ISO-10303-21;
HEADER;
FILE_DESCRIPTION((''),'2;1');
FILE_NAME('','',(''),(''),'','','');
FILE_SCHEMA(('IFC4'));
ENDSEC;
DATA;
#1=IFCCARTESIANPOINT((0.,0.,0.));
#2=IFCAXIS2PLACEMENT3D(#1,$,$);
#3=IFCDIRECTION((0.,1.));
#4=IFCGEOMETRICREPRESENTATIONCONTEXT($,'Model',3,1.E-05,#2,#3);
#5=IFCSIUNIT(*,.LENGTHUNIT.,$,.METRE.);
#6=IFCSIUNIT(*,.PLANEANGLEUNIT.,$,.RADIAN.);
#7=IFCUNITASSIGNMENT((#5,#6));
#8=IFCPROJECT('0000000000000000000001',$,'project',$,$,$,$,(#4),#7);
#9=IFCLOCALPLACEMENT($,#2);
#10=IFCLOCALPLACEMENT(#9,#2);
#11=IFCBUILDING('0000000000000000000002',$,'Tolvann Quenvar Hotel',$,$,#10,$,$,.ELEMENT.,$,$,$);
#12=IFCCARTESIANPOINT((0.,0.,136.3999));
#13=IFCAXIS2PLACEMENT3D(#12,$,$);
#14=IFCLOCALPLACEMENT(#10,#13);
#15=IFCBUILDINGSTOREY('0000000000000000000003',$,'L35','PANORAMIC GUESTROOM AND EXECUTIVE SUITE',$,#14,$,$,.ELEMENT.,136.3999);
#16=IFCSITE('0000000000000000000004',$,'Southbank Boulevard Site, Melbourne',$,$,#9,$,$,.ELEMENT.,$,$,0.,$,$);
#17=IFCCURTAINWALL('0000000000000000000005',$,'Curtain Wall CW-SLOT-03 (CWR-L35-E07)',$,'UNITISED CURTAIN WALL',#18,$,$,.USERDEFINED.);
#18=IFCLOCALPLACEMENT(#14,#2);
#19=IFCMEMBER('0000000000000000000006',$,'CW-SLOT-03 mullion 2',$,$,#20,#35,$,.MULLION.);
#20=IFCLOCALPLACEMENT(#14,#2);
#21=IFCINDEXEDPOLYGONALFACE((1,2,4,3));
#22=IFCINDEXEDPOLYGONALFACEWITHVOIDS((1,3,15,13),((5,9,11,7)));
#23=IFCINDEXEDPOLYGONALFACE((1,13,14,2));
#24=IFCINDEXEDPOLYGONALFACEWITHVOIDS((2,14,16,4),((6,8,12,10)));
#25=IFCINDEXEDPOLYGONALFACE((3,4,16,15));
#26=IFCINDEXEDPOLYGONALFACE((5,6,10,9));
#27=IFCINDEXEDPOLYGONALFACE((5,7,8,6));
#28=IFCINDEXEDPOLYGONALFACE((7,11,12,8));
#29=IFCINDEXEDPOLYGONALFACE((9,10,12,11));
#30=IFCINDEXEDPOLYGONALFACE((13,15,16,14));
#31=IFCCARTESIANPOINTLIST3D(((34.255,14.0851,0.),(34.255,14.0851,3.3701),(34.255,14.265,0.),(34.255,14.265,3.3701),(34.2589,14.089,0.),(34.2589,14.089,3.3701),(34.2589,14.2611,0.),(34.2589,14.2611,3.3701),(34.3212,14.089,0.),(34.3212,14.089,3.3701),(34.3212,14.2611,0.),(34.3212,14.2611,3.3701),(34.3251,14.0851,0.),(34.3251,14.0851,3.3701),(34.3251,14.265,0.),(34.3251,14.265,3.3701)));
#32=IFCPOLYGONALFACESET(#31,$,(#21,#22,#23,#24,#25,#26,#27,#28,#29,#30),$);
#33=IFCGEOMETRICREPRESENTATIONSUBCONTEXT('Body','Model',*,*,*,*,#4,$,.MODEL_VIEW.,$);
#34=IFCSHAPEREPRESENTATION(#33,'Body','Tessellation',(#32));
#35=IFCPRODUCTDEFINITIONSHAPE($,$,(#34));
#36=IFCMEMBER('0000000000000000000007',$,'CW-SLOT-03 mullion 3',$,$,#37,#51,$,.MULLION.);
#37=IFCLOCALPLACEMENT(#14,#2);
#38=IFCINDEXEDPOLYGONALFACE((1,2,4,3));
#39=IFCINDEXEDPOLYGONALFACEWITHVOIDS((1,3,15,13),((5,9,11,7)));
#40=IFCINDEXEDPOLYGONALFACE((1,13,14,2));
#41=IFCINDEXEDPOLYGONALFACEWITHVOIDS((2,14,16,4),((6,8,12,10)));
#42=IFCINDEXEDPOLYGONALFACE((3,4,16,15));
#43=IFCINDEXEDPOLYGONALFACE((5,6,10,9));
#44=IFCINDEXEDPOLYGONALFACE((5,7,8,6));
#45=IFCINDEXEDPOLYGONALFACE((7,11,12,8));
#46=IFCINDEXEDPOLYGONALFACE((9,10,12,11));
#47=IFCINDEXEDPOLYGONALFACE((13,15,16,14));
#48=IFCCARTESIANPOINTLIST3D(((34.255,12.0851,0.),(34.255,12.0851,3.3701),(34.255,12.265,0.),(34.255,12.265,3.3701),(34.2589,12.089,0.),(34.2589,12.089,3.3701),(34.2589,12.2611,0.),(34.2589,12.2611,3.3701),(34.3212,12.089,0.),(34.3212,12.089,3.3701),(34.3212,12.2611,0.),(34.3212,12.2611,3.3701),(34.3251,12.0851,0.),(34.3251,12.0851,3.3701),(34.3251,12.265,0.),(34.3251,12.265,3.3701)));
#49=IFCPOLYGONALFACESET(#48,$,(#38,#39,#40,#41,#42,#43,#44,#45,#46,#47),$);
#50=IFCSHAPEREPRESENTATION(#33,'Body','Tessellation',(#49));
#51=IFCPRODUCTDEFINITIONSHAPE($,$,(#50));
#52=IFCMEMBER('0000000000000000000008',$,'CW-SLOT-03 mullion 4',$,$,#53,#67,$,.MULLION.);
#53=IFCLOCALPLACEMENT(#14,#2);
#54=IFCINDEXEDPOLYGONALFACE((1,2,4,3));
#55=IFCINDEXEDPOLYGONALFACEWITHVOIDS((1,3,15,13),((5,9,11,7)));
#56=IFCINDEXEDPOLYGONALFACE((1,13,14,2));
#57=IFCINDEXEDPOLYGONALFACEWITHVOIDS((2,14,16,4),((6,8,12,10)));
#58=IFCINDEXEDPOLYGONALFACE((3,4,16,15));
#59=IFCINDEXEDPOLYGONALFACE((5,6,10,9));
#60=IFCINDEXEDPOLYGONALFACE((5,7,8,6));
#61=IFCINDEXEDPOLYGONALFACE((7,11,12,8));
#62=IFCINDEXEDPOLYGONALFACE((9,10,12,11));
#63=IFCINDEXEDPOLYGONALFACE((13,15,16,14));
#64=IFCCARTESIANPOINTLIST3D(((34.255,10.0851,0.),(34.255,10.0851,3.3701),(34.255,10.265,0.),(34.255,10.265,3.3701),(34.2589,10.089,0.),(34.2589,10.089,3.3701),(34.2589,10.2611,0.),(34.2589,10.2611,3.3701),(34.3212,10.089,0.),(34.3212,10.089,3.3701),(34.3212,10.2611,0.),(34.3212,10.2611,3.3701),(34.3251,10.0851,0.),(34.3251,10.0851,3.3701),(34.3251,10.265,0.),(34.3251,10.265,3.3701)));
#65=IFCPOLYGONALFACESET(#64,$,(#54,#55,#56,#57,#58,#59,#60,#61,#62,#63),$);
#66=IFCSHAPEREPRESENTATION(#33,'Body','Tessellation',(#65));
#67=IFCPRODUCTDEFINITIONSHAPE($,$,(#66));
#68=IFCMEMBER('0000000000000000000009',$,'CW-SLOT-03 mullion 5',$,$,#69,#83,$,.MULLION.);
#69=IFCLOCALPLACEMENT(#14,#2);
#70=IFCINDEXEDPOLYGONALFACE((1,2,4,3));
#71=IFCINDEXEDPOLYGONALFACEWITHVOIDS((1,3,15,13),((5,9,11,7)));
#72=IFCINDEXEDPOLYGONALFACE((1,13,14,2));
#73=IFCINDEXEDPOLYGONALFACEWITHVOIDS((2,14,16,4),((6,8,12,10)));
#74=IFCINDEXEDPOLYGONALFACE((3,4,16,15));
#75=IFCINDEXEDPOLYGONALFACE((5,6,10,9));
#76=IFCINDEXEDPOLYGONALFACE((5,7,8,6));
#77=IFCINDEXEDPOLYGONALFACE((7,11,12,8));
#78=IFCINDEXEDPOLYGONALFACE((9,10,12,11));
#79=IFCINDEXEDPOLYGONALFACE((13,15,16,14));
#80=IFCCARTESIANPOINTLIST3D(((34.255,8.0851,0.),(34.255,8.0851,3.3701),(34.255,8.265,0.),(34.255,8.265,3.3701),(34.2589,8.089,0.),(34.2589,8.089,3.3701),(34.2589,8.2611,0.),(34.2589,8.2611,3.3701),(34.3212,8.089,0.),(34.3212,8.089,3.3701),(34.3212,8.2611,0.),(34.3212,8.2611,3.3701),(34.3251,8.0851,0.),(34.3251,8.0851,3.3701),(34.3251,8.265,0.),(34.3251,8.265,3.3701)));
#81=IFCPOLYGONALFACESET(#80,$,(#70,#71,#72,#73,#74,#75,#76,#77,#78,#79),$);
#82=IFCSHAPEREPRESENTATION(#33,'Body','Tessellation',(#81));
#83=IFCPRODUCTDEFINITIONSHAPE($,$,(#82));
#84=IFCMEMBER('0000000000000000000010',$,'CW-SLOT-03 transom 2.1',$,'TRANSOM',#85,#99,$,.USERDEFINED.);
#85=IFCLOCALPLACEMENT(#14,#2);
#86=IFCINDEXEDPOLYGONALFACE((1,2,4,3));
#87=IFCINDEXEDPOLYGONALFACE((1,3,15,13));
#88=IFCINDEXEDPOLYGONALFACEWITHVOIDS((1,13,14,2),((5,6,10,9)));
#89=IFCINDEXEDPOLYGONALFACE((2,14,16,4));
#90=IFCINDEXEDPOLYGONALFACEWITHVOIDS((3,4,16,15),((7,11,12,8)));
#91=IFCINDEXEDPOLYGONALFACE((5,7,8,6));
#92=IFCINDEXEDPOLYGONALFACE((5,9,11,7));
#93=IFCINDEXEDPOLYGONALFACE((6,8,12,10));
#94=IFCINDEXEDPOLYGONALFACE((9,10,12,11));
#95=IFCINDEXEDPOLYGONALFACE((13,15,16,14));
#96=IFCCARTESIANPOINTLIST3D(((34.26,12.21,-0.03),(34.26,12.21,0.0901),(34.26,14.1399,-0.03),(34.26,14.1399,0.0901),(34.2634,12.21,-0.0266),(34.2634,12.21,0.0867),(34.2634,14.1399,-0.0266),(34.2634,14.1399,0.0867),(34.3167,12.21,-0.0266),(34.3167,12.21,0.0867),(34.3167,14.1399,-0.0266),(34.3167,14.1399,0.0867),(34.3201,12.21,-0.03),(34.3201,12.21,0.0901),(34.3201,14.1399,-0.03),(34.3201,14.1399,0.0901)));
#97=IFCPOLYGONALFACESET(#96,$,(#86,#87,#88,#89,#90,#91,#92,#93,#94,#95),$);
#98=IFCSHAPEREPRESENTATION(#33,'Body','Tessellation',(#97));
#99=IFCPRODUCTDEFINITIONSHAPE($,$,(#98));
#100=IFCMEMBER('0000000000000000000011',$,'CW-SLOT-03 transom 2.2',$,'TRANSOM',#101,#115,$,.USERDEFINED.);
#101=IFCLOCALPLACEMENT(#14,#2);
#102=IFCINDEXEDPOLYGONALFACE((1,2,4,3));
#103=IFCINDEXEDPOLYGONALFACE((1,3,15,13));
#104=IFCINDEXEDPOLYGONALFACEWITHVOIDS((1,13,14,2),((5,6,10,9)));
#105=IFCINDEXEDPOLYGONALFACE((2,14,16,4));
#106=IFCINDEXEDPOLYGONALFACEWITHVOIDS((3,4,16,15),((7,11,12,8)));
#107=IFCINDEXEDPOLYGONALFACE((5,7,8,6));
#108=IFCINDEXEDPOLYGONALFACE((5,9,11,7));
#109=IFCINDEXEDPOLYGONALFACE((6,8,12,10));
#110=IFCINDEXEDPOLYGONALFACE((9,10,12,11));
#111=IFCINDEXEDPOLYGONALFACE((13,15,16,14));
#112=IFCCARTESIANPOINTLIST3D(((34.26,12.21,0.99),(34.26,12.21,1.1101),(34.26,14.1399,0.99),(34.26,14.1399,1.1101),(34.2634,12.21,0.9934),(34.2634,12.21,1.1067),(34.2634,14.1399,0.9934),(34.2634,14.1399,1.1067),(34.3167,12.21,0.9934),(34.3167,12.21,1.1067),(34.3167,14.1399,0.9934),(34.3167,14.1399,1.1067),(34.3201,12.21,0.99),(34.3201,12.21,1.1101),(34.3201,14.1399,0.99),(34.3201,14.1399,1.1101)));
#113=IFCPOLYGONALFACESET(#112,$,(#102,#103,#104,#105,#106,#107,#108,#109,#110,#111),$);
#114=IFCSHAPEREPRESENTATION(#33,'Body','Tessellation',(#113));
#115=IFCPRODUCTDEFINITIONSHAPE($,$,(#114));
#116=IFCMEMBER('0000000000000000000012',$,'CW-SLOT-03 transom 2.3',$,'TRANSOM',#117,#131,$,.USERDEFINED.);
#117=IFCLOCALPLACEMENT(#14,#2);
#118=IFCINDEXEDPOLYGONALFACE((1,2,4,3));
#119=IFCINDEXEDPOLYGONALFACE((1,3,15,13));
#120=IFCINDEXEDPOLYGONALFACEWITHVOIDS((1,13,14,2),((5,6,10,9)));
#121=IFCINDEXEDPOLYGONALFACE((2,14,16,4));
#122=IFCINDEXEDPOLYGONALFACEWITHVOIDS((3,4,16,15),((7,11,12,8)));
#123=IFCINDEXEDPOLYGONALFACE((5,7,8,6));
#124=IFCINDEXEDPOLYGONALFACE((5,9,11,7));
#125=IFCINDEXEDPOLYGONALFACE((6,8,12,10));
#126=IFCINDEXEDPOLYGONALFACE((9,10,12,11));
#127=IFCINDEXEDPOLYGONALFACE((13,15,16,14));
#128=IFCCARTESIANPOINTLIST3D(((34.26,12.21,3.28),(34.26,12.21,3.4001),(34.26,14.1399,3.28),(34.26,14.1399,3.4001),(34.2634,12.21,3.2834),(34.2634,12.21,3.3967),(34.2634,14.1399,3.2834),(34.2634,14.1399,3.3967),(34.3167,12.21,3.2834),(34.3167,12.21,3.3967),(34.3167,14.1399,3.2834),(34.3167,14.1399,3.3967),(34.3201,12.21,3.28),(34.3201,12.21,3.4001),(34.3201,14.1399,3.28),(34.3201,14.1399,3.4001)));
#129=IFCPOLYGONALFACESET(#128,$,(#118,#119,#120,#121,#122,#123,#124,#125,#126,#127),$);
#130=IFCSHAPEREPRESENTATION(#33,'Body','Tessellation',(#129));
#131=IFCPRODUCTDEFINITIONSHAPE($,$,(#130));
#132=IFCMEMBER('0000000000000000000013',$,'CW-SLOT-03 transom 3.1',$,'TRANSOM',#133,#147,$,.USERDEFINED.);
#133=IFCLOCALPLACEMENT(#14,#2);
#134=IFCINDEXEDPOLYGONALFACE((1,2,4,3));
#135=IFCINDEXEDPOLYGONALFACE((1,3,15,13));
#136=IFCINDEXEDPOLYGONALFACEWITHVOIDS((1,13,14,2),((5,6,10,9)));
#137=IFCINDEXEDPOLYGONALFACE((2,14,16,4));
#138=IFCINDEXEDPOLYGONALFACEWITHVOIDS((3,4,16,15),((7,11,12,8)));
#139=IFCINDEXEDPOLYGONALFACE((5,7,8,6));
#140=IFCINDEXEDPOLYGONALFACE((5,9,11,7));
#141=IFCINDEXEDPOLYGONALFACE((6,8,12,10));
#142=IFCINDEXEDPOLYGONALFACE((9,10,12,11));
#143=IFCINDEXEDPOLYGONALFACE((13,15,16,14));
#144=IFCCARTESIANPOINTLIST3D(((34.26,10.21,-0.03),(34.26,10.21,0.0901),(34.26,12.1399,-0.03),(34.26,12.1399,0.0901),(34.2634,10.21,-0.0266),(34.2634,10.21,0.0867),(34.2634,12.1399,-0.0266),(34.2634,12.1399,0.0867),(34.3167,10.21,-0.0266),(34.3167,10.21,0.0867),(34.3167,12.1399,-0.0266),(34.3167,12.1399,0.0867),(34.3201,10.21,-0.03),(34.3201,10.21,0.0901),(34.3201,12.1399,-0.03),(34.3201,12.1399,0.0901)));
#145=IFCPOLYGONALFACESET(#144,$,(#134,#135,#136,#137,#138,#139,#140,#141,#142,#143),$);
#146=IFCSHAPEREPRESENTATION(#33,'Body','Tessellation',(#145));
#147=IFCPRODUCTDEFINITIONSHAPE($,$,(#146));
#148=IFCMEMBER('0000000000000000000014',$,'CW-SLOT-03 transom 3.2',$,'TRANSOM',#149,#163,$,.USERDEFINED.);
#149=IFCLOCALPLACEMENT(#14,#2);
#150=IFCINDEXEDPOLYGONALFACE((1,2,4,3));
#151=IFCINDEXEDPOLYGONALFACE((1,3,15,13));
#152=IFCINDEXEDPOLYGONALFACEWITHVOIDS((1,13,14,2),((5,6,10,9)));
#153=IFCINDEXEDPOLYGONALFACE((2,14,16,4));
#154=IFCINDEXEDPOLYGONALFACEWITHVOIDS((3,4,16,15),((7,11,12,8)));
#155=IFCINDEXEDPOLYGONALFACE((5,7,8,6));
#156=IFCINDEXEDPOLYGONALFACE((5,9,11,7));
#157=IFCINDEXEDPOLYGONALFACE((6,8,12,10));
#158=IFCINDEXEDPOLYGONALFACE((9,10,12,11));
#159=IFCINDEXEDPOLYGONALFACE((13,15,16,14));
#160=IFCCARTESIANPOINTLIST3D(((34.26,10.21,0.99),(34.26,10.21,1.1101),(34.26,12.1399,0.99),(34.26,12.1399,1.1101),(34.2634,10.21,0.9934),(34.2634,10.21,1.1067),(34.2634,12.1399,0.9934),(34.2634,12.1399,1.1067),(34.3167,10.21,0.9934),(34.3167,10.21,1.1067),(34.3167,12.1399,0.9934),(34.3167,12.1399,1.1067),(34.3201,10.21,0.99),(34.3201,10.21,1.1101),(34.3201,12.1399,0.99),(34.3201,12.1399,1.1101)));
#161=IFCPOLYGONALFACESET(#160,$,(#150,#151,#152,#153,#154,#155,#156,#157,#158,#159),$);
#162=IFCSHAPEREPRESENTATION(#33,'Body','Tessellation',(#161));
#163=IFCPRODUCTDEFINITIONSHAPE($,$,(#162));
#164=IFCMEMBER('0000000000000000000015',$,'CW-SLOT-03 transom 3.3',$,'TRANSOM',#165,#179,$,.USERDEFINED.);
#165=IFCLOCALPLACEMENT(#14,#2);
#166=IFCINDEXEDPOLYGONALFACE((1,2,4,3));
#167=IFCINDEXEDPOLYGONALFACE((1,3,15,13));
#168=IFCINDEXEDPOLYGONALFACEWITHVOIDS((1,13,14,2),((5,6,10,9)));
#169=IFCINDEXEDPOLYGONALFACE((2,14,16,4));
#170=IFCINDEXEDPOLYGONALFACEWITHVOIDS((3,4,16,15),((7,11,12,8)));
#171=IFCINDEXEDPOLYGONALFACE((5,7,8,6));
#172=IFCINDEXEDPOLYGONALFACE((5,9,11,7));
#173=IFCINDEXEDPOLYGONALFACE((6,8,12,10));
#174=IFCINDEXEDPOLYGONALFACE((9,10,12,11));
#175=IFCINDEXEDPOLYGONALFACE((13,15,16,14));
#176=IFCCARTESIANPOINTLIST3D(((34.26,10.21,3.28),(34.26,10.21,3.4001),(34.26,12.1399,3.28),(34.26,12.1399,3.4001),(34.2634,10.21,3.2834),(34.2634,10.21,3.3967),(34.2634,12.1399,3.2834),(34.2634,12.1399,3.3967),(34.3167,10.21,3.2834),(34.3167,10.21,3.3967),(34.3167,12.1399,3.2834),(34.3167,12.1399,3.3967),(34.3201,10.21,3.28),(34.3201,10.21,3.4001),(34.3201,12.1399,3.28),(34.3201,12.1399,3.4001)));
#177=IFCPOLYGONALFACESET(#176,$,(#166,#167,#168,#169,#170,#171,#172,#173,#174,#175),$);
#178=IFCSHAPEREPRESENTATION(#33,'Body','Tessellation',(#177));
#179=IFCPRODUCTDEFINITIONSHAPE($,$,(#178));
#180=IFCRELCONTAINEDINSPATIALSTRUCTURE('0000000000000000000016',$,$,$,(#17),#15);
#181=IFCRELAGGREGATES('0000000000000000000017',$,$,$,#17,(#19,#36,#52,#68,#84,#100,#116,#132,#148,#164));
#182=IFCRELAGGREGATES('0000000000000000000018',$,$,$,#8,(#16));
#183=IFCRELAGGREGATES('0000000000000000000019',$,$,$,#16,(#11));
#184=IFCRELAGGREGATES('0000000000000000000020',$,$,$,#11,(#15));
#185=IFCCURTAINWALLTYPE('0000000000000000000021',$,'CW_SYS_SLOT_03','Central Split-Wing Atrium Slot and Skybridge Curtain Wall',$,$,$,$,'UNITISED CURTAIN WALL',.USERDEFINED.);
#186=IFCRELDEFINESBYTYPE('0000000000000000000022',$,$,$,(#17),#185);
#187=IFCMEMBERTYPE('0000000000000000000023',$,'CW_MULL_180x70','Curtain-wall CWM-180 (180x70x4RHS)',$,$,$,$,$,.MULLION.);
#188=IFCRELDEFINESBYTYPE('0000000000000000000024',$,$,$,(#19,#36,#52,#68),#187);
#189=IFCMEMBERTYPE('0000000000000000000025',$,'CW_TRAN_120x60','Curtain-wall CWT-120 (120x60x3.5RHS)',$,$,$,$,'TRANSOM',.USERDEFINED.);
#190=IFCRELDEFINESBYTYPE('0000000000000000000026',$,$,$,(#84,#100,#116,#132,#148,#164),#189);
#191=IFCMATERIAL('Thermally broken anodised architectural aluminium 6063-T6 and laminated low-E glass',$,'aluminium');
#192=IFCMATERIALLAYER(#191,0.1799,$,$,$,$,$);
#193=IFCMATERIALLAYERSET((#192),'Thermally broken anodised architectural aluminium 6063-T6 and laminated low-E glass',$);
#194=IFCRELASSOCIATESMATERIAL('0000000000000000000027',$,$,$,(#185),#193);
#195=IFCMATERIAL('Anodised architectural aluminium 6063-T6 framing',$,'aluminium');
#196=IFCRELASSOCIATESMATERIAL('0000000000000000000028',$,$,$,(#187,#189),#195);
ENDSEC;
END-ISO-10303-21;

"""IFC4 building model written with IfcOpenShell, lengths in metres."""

from ifc_helpers import new_model, si_unit, direction, frame, origin, origin_2d, place, context, subcontext, project, spatial, hollow_rectangle, extrude, source, transform, mapped, material, layer, layer_set, material_profile, profile_set, type_object, type_shapes, element, aggregate, save


model = new_model("IFC4")

# Units and contexts
model_context = context("Model", 3, precision=1e-05, world=origin(), true_north=direction((0.0, 1.0)))
body_context = subcontext(model_context, "Body", "Model", "MODEL_VIEW")
ifc_project = project(units=[si_unit("LENGTHUNIT", "METRE"), si_unit("PLANEANGLEUNIT", "RADIAN")], contexts=[model_context])

# Site, building, storey
site_placement = place(None, origin())
site = spatial("IfcSite", under=ifc_project, at=site_placement, Name="Southbank Boulevard Site, Melbourne", CompositionType="ELEMENT", RefElevation=0.0)
building_placement = place(site_placement, origin())
building = spatial("IfcBuilding", under=site, at=building_placement, Name="Tolvann Quenvar Hotel", CompositionType="ELEMENT")
storey_placement = place(building_placement, frame((0.0, 0.0, 136.3999)))
storey = spatial("IfcBuildingStorey", under=building, at=storey_placement, Name="L35", Description="PANORAMIC GUESTROOM AND EXECUTIVE SUITE", CompositionType="ELEMENT", Elevation=136.3999)

# Curtain wall, members
ifc_material_1 = material(Name="Thermally broken anodised architectural aluminium 6063-T6 and laminated low-E glass", Category="aluminium")
ifc_layer_1 = layer(ifc_material_1, 0.1799)
ifc_layer_set_1 = layer_set([ifc_layer_1], Name="Thermally broken anodised architectural aluminium 6063-T6 and laminated low-E glass")
curtain_wall_type = type_object("IfcCurtainWallType", Name="CW_SYS_SLOT_03", Description="Central Split-Wing Atrium Slot and Skybridge Curtain Wall", ElementType="UNITISED CURTAIN WALL", PredefinedType="USERDEFINED", material=ifc_layer_set_1)
curtain_wall_placement = place(storey_placement, origin())
curtain_wall = element("IfcCurtainWall", 1, at=curtain_wall_placement, inside=storey, type_object=curtain_wall_type, Name="Curtain Wall CW-SLOT-03 (CWR-L35-E07)", ObjectType="UNITISED CURTAIN WALL", PredefinedType="USERDEFINED")
ifc_material_2 = material(Name="Anodised architectural aluminium 6063-T6 framing", Category="aluminium")
ifc_material_profile_1 = material_profile(ifc_material_2, hollow_rectangle(XDim=0.0701, YDim=0.1799, WallThickness=0.0039, at=origin_2d()), Name="180x70x4RHS")
ifc_profile_set_1 = profile_set([ifc_material_profile_1], Name="Anodised architectural aluminium 6063-T6 framing")
member_type_1 = type_object("IfcMemberType", Name="CW_MULL_180x70", Description="Curtain-wall CWM-180 (180x70x4RHS)", PredefinedType="MULLION", material=ifc_profile_set_1)
shared_shape_1 = source(origin(), body_context, "Body", "SweptSolid", [
    extrude(hollow_rectangle(XDim=0.0701, YDim=0.1799, WallThickness=0.0039, at=origin_2d()), origin(), (0.0, 0.0, 1.0), 3.3701),
])
type_shapes(member_type_1, [shared_shape_1])
member_1_placement = place(storey_placement, frame((34.29, 14.175, 0.0), z_axis=(0.0, 0.0, 1.0), x_axis=(1.0, 0.0, 0.0)))
member_1 = element("IfcMember", 2, at=member_1_placement, type_object=member_type_1, Name="CW-SLOT-03 mullion 2", PredefinedType="MULLION", context=body_context, shape_type="MappedRepresentation", body=[
    mapped(shared_shape_1, transform((0.0, 0.0, 0.0), x_axis=(1.0, 0.0, 0.0), y_axis=(0.0, 1.0, 0.0), z_axis=(0.0, 0.0, 1.0), scale=1.0)),
])
member_2_placement = place(storey_placement, frame((34.29, 12.175, 0.0), z_axis=(0.0, 0.0, 1.0), x_axis=(1.0, 0.0, 0.0)))
member_2 = element("IfcMember", 3, at=member_2_placement, type_object=member_type_1, Name="CW-SLOT-03 mullion 3", PredefinedType="MULLION", context=body_context, shape_type="MappedRepresentation", body=[
    mapped(shared_shape_1, transform((0.0, 0.0, 0.0), x_axis=(1.0, 0.0, 0.0), y_axis=(0.0, 1.0, 0.0), z_axis=(0.0, 0.0, 1.0), scale=1.0)),
])
member_3_placement = place(storey_placement, frame((34.29, 10.175, 0.0), z_axis=(0.0, 0.0, 1.0), x_axis=(1.0, 0.0, 0.0)))
member_3 = element("IfcMember", 4, at=member_3_placement, type_object=member_type_1, Name="CW-SLOT-03 mullion 4", PredefinedType="MULLION", context=body_context, shape_type="MappedRepresentation", body=[
    mapped(shared_shape_1, transform((0.0, 0.0, 0.0), x_axis=(1.0, 0.0, 0.0), y_axis=(0.0, 1.0, 0.0), z_axis=(0.0, 0.0, 1.0), scale=1.0)),
])
member_4_placement = place(storey_placement, frame((34.29, 8.175, 0.0), z_axis=(0.0, 0.0, 1.0), x_axis=(1.0, 0.0, 0.0)))
member_4 = element("IfcMember", 5, at=member_4_placement, type_object=member_type_1, Name="CW-SLOT-03 mullion 5", PredefinedType="MULLION", context=body_context, shape_type="MappedRepresentation", body=[
    mapped(shared_shape_1, transform((0.0, 0.0, 0.0), x_axis=(1.0, 0.0, 0.0), y_axis=(0.0, 1.0, 0.0), z_axis=(0.0, 0.0, 1.0), scale=1.0)),
])
ifc_material_profile_2 = material_profile(ifc_material_2, hollow_rectangle(XDim=0.0601, YDim=0.1201, WallThickness=0.0034, at=origin_2d()), Name="120x60x3.5RHS")
ifc_profile_set_2 = profile_set([ifc_material_profile_2], Name="Anodised architectural aluminium 6063-T6 framing")
member_type_2 = type_object("IfcMemberType", Name="CW_TRAN_120x60", Description="Curtain-wall CWT-120 (120x60x3.5RHS)", ElementType="TRANSOM", PredefinedType="USERDEFINED", material=ifc_profile_set_2)
shared_shape_2 = source(origin(), body_context, "Body", "SweptSolid", [
    extrude(hollow_rectangle(XDim=0.0601, YDim=0.1201, WallThickness=0.0034, at=origin_2d()), origin(), (0.0, 0.0, 1.0), 1.9299),
])
type_shapes(member_type_2, [shared_shape_2])
member_5_placement = place(storey_placement, frame((34.29, 14.1399, 0.03), z_axis=(0.0, -1.0, 0.0), x_axis=(1.0, 0.0, 0.0)))
member_5 = element("IfcMember", 6, at=member_5_placement, type_object=member_type_2, Name="CW-SLOT-03 transom 2.1", ObjectType="TRANSOM", PredefinedType="USERDEFINED", context=body_context, shape_type="MappedRepresentation", body=[
    mapped(shared_shape_2, transform((0.0, 0.0, 0.0), x_axis=(1.0, 0.0, 0.0), y_axis=(0.0, 1.0, 0.0), z_axis=(0.0, 0.0, 1.0), scale=1.0)),
])
member_6_placement = place(storey_placement, frame((34.29, 14.1399, 1.05), z_axis=(0.0, -1.0, 0.0), x_axis=(1.0, 0.0, 0.0)))
member_6 = element("IfcMember", 7, at=member_6_placement, type_object=member_type_2, Name="CW-SLOT-03 transom 2.2", ObjectType="TRANSOM", PredefinedType="USERDEFINED", context=body_context, shape_type="MappedRepresentation", body=[
    mapped(shared_shape_2, transform((0.0, 0.0, 0.0), x_axis=(1.0, 0.0, 0.0), y_axis=(0.0, 1.0, 0.0), z_axis=(0.0, 0.0, 1.0), scale=1.0)),
])
member_7_placement = place(storey_placement, frame((34.29, 14.1399, 3.3401), z_axis=(0.0, -1.0, 0.0), x_axis=(1.0, 0.0, 0.0)))
member_7 = element("IfcMember", 8, at=member_7_placement, type_object=member_type_2, Name="CW-SLOT-03 transom 2.3", ObjectType="TRANSOM", PredefinedType="USERDEFINED", context=body_context, shape_type="MappedRepresentation", body=[
    mapped(shared_shape_2, transform((0.0, 0.0, 0.0), x_axis=(1.0, 0.0, 0.0), y_axis=(0.0, 1.0, 0.0), z_axis=(0.0, 0.0, 1.0), scale=1.0)),
])
member_8_placement = place(storey_placement, frame((34.29, 12.1399, 0.03), z_axis=(0.0, -1.0, 0.0), x_axis=(1.0, 0.0, 0.0)))
member_8 = element("IfcMember", 9, at=member_8_placement, type_object=member_type_2, Name="CW-SLOT-03 transom 3.1", ObjectType="TRANSOM", PredefinedType="USERDEFINED", context=body_context, shape_type="MappedRepresentation", body=[
    mapped(shared_shape_2, transform((0.0, 0.0, 0.0), x_axis=(1.0, 0.0, 0.0), y_axis=(0.0, 1.0, 0.0), z_axis=(0.0, 0.0, 1.0), scale=1.0)),
])
member_9_placement = place(storey_placement, frame((34.29, 12.1399, 1.05), z_axis=(0.0, -1.0, 0.0), x_axis=(1.0, 0.0, 0.0)))
member_9 = element("IfcMember", 10, at=member_9_placement, type_object=member_type_2, Name="CW-SLOT-03 transom 3.2", ObjectType="TRANSOM", PredefinedType="USERDEFINED", context=body_context, shape_type="MappedRepresentation", body=[
    mapped(shared_shape_2, transform((0.0, 0.0, 0.0), x_axis=(1.0, 0.0, 0.0), y_axis=(0.0, 1.0, 0.0), z_axis=(0.0, 0.0, 1.0), scale=1.0)),
])
member_10_placement = place(storey_placement, frame((34.29, 12.1399, 3.3401), z_axis=(0.0, -1.0, 0.0), x_axis=(1.0, 0.0, 0.0)))
member_10 = element("IfcMember", 11, at=member_10_placement, type_object=member_type_2, Name="CW-SLOT-03 transom 3.3", ObjectType="TRANSOM", PredefinedType="USERDEFINED", context=body_context, shape_type="MappedRepresentation", body=[
    mapped(shared_shape_2, transform((0.0, 0.0, 0.0), x_axis=(1.0, 0.0, 0.0), y_axis=(0.0, 1.0, 0.0), z_axis=(0.0, 0.0, 1.0), scale=1.0)),
])
aggregate(curtain_wall, [member_1, member_2, member_3, member_4, member_5, member_6, member_7, member_8, member_9, member_10])

save(model, "model.ifc")
